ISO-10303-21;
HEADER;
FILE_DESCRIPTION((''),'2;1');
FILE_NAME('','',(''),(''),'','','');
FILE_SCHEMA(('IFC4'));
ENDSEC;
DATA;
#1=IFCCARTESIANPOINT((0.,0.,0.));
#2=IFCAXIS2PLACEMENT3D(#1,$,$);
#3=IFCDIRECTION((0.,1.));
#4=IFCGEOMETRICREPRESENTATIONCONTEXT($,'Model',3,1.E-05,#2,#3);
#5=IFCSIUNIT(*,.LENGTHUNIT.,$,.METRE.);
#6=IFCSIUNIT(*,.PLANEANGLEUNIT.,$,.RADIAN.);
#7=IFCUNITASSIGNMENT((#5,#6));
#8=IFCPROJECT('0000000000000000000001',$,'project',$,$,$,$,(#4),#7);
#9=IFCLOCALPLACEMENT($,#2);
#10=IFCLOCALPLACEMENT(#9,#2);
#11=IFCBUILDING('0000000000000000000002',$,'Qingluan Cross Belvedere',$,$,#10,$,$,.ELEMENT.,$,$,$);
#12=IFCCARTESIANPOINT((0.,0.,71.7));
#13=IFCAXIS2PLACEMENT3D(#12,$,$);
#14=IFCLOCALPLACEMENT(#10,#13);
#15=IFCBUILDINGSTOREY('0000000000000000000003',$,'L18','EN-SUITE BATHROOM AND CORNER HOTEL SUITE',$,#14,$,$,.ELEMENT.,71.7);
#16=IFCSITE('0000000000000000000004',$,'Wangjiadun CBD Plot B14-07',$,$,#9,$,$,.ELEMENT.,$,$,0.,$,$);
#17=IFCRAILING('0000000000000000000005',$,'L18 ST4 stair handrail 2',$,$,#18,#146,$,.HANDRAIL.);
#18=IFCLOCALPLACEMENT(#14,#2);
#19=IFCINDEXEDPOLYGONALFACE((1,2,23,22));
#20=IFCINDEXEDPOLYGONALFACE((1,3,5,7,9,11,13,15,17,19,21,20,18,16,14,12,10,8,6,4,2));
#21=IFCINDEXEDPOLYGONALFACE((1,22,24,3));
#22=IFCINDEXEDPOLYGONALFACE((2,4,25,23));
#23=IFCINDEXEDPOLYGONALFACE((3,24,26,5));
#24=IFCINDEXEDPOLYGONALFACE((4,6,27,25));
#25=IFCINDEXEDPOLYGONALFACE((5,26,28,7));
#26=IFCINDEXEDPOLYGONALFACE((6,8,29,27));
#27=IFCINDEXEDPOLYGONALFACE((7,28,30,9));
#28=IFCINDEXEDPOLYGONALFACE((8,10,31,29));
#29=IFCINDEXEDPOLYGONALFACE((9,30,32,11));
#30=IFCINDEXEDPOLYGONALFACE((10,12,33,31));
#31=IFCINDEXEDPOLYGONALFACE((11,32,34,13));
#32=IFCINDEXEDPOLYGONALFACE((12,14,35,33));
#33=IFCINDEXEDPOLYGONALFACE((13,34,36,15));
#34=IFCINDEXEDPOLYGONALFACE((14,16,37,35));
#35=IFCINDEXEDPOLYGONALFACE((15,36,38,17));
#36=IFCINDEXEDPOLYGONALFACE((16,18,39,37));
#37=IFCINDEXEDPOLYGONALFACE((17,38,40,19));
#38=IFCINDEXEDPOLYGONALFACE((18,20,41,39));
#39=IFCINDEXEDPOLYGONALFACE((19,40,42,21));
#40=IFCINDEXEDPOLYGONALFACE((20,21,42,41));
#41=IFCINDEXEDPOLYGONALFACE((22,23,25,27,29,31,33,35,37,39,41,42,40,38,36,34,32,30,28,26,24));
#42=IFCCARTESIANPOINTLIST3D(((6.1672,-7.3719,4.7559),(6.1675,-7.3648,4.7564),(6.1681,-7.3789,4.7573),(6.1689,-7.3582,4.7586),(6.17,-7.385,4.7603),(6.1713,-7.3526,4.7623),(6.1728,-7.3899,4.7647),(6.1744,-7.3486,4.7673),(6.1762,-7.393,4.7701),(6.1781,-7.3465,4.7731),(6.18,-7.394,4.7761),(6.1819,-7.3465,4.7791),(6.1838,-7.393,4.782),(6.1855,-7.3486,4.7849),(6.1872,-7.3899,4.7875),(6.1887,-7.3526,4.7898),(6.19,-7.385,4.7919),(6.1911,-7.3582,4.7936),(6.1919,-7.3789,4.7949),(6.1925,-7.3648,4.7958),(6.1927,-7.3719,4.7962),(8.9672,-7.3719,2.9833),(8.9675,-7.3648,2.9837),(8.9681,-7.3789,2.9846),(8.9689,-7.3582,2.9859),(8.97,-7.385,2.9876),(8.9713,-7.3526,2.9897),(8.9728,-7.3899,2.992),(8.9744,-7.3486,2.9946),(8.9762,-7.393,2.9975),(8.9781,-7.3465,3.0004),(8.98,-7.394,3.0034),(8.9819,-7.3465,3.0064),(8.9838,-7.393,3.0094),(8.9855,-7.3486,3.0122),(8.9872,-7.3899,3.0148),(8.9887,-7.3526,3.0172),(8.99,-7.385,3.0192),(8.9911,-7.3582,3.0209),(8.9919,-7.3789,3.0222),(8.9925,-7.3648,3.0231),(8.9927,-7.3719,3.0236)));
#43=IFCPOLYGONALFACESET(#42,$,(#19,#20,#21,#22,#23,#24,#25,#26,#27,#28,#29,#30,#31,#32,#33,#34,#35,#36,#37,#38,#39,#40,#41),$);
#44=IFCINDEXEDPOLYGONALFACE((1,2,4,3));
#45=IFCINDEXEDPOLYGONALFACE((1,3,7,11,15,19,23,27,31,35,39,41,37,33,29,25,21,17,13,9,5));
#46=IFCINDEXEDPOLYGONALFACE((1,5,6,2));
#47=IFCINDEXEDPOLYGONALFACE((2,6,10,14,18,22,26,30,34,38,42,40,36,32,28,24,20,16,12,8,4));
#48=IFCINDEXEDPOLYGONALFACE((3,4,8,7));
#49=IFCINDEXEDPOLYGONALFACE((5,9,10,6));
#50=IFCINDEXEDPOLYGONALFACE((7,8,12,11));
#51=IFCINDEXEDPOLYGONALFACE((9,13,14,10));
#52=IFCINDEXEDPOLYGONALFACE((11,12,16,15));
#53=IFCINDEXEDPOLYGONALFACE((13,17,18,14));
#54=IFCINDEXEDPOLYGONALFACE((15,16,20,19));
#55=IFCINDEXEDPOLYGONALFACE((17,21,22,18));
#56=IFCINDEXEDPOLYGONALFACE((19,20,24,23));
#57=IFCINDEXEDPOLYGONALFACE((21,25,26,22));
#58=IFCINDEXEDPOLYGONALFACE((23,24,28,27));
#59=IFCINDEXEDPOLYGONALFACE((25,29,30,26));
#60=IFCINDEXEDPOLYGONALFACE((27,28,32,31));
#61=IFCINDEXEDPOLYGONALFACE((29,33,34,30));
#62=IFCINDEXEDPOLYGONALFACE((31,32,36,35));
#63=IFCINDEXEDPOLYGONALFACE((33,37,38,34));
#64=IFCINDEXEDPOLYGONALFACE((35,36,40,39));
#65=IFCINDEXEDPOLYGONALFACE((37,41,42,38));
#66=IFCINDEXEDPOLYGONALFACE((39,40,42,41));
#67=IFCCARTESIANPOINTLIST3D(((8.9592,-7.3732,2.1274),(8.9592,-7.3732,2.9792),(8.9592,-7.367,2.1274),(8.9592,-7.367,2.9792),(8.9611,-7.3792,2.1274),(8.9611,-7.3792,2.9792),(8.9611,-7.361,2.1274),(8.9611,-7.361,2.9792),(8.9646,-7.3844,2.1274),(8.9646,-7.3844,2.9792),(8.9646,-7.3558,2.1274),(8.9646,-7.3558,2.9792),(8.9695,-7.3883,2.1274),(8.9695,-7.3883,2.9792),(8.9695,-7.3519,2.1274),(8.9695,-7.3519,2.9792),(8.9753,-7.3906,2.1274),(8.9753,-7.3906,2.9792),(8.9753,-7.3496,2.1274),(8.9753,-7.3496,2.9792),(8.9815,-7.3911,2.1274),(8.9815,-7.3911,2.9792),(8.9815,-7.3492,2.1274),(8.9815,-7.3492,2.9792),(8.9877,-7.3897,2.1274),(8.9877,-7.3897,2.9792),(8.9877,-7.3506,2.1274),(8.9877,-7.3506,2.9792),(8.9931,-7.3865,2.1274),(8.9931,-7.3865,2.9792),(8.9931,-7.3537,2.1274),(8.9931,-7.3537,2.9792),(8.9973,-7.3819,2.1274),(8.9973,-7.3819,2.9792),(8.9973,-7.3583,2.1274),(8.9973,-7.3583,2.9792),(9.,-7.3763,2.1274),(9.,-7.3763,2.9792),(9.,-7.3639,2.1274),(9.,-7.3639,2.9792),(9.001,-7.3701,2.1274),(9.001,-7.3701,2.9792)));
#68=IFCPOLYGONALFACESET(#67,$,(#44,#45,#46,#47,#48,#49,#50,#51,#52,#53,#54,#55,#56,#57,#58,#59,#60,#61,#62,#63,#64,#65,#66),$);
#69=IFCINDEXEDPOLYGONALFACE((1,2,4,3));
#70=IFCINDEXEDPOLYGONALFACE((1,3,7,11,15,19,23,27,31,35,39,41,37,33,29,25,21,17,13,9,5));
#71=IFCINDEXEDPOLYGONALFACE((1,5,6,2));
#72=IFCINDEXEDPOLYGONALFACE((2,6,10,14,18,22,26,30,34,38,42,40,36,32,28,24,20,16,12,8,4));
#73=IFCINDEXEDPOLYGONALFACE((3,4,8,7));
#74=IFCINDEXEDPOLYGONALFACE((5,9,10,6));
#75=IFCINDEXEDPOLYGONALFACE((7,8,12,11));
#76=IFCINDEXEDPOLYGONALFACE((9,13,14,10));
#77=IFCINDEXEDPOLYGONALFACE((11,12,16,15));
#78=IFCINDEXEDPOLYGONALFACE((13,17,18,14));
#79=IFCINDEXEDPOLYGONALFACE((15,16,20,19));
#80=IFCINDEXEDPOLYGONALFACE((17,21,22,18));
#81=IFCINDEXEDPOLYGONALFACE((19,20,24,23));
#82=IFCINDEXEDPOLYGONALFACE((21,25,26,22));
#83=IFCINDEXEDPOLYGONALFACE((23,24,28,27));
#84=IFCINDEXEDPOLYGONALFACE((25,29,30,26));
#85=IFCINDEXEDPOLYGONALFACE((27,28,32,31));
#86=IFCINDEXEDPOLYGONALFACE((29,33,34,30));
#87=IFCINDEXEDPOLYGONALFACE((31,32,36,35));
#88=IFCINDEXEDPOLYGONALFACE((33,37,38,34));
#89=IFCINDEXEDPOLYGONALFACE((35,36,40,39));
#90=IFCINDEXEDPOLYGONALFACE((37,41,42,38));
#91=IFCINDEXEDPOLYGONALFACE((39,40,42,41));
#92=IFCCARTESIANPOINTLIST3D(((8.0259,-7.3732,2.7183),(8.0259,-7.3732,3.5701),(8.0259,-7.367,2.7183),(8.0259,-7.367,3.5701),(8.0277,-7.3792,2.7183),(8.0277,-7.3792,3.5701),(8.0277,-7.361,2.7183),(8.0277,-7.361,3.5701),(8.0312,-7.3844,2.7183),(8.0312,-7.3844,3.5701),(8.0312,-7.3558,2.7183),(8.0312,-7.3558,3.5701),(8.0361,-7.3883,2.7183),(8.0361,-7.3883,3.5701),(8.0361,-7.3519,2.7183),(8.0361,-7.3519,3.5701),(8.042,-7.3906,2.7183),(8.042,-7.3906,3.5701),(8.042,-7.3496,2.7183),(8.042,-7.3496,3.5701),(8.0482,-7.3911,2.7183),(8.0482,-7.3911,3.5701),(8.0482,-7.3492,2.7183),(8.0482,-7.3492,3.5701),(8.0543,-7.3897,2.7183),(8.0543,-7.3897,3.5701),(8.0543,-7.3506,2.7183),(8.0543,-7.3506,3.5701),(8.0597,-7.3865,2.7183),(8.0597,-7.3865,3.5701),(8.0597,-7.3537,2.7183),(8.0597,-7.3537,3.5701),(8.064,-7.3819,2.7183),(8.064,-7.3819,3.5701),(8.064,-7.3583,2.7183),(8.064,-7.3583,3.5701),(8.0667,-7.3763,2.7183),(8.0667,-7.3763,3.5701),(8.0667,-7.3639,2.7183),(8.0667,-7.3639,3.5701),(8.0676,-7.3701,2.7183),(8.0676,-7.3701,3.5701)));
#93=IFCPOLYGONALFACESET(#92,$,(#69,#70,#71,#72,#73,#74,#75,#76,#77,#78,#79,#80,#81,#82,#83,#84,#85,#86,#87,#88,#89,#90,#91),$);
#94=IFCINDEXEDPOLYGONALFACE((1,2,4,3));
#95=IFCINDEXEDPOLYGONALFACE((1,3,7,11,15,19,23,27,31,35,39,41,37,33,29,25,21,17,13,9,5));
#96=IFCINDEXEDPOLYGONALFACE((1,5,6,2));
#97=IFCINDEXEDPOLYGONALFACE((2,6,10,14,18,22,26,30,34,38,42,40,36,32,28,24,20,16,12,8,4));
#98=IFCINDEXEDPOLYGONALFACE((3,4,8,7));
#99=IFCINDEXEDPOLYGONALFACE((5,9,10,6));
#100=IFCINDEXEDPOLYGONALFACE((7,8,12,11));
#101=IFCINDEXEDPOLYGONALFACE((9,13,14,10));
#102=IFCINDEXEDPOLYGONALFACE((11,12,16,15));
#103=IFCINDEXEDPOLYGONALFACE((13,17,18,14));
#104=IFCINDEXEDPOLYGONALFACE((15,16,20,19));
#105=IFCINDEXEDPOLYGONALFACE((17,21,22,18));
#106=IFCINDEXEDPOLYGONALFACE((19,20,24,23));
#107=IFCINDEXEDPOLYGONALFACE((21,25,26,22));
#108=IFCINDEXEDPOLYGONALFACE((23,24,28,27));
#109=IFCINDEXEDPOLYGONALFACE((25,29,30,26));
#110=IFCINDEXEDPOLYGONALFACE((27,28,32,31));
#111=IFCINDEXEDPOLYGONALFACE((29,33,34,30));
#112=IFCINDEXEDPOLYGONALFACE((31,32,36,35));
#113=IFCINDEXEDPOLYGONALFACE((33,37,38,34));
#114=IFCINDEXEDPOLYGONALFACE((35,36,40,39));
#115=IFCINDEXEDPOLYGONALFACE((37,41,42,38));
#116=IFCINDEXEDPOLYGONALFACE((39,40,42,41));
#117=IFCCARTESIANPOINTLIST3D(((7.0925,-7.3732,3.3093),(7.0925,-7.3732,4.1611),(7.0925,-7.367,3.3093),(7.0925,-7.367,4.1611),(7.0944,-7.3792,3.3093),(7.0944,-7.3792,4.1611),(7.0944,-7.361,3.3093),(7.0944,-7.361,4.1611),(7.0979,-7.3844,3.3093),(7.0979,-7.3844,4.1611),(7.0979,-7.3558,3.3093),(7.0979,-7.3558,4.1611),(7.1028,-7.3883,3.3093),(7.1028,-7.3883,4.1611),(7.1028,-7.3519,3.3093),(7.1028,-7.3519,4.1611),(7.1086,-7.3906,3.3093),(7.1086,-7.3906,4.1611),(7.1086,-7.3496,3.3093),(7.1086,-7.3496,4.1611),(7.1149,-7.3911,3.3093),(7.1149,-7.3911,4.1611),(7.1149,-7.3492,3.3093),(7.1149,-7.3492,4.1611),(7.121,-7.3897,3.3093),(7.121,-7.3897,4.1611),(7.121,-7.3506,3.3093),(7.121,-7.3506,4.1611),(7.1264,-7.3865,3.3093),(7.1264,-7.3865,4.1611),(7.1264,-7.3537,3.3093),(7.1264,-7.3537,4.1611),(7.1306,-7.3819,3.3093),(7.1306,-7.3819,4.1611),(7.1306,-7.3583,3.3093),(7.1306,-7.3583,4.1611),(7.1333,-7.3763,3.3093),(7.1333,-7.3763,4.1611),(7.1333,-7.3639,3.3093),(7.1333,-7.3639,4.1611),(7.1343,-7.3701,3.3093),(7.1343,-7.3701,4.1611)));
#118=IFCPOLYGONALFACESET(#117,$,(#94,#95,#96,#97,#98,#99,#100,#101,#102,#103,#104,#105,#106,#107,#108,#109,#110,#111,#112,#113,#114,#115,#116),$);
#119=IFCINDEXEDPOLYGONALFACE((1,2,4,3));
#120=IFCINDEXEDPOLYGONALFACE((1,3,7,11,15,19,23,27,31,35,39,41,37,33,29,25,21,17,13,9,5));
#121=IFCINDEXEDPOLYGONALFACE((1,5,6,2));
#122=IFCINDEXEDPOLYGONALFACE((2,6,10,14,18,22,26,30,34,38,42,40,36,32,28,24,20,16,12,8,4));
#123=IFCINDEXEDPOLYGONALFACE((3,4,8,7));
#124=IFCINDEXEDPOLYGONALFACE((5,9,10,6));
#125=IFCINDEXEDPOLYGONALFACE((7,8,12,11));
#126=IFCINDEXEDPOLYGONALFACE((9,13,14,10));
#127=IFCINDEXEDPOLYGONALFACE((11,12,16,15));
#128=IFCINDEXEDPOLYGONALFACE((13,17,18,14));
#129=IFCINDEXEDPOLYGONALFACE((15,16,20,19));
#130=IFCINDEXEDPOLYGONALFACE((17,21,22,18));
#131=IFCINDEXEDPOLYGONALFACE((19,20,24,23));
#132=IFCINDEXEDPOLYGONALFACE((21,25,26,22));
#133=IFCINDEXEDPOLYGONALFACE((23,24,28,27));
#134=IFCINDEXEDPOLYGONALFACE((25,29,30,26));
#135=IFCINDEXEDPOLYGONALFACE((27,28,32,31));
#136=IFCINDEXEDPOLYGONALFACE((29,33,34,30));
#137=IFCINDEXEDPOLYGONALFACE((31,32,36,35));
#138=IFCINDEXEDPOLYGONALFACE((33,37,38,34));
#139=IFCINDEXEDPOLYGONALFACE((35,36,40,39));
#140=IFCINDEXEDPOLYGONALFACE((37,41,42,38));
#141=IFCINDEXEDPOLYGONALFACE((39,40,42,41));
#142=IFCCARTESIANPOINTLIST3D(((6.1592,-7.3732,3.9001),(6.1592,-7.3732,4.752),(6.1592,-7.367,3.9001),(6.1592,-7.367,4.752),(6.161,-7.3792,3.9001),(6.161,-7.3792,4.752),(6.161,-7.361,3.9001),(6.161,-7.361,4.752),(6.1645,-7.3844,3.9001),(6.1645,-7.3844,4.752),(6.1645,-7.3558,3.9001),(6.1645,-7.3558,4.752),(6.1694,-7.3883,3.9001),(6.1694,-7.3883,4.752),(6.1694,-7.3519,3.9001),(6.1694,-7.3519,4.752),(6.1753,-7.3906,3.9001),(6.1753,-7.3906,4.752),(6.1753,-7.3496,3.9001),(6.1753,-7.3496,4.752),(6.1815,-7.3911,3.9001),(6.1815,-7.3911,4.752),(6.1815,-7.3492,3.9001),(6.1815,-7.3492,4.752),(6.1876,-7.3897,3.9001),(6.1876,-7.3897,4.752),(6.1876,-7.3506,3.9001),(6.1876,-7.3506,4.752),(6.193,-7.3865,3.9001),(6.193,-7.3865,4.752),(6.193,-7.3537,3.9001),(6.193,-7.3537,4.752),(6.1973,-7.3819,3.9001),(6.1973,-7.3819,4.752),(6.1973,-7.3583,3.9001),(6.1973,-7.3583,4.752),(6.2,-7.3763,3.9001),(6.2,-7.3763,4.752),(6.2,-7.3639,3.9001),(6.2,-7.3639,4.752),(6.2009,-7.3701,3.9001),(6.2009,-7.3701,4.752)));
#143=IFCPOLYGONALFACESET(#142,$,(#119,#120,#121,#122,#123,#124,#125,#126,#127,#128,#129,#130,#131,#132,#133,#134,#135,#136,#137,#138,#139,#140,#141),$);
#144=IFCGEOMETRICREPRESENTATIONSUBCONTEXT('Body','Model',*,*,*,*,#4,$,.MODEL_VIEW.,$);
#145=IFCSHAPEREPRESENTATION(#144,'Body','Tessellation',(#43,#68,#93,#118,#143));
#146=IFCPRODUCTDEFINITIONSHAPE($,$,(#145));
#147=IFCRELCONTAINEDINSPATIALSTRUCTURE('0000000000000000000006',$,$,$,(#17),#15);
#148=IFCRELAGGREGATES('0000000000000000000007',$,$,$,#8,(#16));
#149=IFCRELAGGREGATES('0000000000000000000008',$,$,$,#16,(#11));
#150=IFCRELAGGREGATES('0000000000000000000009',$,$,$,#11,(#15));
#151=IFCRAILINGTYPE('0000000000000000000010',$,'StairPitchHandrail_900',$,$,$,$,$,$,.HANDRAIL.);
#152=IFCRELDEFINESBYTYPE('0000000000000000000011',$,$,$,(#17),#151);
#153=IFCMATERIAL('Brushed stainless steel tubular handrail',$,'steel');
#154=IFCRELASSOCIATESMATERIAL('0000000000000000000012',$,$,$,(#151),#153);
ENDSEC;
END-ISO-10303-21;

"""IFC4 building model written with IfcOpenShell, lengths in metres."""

from ifc_helpers import new_model, si_unit, direction, frame, origin, origin_2d, place, context, subcontext, project, spatial, circle, extrude, material, type_object, element, save


model = new_model("IFC4")

# Units and contexts
model_context = context("Model", 3, precision=1e-05, world=origin(), true_north=direction((0.0, 1.0)))
body_context = subcontext(model_context, "Body", "Model", "MODEL_VIEW")
ifc_project = project(units=[si_unit("LENGTHUNIT", "METRE"), si_unit("PLANEANGLEUNIT", "RADIAN")], contexts=[model_context])

# Site, building, storey
site_placement = place(None, origin())
site = spatial("IfcSite", under=ifc_project, at=site_placement, Name="Wangjiadun CBD Plot B14-07", CompositionType="ELEMENT", RefElevation=0.0)
building_placement = place(site_placement, origin())
building = spatial("IfcBuilding", under=site, at=building_placement, Name="Qingluan Cross Belvedere", CompositionType="ELEMENT")
storey_placement = place(building_placement, frame((0.0, 0.0, 71.7)))
storey = spatial("IfcBuildingStorey", under=building, at=storey_placement, Name="L18", Description="EN-SUITE BATHROOM AND CORNER HOTEL SUITE", CompositionType="ELEMENT", Elevation=71.7)

# Railing
ifc_material_1 = material(Name="Brushed stainless steel tubular handrail", Category="steel")
railing_type_1 = type_object("IfcRailingType", Name="StairPitchHandrail_900", PredefinedType="HANDRAIL", material=ifc_material_1)
for number, where, name in (
    (1, (8.98, -7.3701, 2.1274), "L18 ST4 stair handrail 2"),
):
    element("IfcRailing", number, at=place(storey_placement, frame(where)), inside=storey, type_object=railing_type_1, Name=name, PredefinedType="HANDRAIL", context=body_context, shape_type="SweptSolid", body=[
        extrude(circle(Radius=0.0239, at=origin_2d()), frame((0.0, 0.0, 0.876), z_axis=(-0.844909, 0.0, 0.53491), x_axis=(0.0, -1.0, 0.0)), (0.0, 0.0, 1.0), 3.314),
        extrude(circle(Radius=0.021, at=origin_2d()), origin(), (0.0, 0.0, 1.0), 0.8518),
        extrude(circle(Radius=0.021, at=origin_2d()), frame((-0.9333, 0.0, 0.5908)), (0.0, 0.0, 1.0), 0.8518),
        extrude(circle(Radius=0.021, at=origin_2d()), frame((-1.8667, 0.0, 1.1819)), (0.0, 0.0, 1.0), 0.8518),
        extrude(circle(Radius=0.021, at=origin_2d()), frame((-2.8, 0.0, 1.7727)), (0.0, 0.0, 1.0), 0.8518),
    ])

save(model, "model.ifc")
